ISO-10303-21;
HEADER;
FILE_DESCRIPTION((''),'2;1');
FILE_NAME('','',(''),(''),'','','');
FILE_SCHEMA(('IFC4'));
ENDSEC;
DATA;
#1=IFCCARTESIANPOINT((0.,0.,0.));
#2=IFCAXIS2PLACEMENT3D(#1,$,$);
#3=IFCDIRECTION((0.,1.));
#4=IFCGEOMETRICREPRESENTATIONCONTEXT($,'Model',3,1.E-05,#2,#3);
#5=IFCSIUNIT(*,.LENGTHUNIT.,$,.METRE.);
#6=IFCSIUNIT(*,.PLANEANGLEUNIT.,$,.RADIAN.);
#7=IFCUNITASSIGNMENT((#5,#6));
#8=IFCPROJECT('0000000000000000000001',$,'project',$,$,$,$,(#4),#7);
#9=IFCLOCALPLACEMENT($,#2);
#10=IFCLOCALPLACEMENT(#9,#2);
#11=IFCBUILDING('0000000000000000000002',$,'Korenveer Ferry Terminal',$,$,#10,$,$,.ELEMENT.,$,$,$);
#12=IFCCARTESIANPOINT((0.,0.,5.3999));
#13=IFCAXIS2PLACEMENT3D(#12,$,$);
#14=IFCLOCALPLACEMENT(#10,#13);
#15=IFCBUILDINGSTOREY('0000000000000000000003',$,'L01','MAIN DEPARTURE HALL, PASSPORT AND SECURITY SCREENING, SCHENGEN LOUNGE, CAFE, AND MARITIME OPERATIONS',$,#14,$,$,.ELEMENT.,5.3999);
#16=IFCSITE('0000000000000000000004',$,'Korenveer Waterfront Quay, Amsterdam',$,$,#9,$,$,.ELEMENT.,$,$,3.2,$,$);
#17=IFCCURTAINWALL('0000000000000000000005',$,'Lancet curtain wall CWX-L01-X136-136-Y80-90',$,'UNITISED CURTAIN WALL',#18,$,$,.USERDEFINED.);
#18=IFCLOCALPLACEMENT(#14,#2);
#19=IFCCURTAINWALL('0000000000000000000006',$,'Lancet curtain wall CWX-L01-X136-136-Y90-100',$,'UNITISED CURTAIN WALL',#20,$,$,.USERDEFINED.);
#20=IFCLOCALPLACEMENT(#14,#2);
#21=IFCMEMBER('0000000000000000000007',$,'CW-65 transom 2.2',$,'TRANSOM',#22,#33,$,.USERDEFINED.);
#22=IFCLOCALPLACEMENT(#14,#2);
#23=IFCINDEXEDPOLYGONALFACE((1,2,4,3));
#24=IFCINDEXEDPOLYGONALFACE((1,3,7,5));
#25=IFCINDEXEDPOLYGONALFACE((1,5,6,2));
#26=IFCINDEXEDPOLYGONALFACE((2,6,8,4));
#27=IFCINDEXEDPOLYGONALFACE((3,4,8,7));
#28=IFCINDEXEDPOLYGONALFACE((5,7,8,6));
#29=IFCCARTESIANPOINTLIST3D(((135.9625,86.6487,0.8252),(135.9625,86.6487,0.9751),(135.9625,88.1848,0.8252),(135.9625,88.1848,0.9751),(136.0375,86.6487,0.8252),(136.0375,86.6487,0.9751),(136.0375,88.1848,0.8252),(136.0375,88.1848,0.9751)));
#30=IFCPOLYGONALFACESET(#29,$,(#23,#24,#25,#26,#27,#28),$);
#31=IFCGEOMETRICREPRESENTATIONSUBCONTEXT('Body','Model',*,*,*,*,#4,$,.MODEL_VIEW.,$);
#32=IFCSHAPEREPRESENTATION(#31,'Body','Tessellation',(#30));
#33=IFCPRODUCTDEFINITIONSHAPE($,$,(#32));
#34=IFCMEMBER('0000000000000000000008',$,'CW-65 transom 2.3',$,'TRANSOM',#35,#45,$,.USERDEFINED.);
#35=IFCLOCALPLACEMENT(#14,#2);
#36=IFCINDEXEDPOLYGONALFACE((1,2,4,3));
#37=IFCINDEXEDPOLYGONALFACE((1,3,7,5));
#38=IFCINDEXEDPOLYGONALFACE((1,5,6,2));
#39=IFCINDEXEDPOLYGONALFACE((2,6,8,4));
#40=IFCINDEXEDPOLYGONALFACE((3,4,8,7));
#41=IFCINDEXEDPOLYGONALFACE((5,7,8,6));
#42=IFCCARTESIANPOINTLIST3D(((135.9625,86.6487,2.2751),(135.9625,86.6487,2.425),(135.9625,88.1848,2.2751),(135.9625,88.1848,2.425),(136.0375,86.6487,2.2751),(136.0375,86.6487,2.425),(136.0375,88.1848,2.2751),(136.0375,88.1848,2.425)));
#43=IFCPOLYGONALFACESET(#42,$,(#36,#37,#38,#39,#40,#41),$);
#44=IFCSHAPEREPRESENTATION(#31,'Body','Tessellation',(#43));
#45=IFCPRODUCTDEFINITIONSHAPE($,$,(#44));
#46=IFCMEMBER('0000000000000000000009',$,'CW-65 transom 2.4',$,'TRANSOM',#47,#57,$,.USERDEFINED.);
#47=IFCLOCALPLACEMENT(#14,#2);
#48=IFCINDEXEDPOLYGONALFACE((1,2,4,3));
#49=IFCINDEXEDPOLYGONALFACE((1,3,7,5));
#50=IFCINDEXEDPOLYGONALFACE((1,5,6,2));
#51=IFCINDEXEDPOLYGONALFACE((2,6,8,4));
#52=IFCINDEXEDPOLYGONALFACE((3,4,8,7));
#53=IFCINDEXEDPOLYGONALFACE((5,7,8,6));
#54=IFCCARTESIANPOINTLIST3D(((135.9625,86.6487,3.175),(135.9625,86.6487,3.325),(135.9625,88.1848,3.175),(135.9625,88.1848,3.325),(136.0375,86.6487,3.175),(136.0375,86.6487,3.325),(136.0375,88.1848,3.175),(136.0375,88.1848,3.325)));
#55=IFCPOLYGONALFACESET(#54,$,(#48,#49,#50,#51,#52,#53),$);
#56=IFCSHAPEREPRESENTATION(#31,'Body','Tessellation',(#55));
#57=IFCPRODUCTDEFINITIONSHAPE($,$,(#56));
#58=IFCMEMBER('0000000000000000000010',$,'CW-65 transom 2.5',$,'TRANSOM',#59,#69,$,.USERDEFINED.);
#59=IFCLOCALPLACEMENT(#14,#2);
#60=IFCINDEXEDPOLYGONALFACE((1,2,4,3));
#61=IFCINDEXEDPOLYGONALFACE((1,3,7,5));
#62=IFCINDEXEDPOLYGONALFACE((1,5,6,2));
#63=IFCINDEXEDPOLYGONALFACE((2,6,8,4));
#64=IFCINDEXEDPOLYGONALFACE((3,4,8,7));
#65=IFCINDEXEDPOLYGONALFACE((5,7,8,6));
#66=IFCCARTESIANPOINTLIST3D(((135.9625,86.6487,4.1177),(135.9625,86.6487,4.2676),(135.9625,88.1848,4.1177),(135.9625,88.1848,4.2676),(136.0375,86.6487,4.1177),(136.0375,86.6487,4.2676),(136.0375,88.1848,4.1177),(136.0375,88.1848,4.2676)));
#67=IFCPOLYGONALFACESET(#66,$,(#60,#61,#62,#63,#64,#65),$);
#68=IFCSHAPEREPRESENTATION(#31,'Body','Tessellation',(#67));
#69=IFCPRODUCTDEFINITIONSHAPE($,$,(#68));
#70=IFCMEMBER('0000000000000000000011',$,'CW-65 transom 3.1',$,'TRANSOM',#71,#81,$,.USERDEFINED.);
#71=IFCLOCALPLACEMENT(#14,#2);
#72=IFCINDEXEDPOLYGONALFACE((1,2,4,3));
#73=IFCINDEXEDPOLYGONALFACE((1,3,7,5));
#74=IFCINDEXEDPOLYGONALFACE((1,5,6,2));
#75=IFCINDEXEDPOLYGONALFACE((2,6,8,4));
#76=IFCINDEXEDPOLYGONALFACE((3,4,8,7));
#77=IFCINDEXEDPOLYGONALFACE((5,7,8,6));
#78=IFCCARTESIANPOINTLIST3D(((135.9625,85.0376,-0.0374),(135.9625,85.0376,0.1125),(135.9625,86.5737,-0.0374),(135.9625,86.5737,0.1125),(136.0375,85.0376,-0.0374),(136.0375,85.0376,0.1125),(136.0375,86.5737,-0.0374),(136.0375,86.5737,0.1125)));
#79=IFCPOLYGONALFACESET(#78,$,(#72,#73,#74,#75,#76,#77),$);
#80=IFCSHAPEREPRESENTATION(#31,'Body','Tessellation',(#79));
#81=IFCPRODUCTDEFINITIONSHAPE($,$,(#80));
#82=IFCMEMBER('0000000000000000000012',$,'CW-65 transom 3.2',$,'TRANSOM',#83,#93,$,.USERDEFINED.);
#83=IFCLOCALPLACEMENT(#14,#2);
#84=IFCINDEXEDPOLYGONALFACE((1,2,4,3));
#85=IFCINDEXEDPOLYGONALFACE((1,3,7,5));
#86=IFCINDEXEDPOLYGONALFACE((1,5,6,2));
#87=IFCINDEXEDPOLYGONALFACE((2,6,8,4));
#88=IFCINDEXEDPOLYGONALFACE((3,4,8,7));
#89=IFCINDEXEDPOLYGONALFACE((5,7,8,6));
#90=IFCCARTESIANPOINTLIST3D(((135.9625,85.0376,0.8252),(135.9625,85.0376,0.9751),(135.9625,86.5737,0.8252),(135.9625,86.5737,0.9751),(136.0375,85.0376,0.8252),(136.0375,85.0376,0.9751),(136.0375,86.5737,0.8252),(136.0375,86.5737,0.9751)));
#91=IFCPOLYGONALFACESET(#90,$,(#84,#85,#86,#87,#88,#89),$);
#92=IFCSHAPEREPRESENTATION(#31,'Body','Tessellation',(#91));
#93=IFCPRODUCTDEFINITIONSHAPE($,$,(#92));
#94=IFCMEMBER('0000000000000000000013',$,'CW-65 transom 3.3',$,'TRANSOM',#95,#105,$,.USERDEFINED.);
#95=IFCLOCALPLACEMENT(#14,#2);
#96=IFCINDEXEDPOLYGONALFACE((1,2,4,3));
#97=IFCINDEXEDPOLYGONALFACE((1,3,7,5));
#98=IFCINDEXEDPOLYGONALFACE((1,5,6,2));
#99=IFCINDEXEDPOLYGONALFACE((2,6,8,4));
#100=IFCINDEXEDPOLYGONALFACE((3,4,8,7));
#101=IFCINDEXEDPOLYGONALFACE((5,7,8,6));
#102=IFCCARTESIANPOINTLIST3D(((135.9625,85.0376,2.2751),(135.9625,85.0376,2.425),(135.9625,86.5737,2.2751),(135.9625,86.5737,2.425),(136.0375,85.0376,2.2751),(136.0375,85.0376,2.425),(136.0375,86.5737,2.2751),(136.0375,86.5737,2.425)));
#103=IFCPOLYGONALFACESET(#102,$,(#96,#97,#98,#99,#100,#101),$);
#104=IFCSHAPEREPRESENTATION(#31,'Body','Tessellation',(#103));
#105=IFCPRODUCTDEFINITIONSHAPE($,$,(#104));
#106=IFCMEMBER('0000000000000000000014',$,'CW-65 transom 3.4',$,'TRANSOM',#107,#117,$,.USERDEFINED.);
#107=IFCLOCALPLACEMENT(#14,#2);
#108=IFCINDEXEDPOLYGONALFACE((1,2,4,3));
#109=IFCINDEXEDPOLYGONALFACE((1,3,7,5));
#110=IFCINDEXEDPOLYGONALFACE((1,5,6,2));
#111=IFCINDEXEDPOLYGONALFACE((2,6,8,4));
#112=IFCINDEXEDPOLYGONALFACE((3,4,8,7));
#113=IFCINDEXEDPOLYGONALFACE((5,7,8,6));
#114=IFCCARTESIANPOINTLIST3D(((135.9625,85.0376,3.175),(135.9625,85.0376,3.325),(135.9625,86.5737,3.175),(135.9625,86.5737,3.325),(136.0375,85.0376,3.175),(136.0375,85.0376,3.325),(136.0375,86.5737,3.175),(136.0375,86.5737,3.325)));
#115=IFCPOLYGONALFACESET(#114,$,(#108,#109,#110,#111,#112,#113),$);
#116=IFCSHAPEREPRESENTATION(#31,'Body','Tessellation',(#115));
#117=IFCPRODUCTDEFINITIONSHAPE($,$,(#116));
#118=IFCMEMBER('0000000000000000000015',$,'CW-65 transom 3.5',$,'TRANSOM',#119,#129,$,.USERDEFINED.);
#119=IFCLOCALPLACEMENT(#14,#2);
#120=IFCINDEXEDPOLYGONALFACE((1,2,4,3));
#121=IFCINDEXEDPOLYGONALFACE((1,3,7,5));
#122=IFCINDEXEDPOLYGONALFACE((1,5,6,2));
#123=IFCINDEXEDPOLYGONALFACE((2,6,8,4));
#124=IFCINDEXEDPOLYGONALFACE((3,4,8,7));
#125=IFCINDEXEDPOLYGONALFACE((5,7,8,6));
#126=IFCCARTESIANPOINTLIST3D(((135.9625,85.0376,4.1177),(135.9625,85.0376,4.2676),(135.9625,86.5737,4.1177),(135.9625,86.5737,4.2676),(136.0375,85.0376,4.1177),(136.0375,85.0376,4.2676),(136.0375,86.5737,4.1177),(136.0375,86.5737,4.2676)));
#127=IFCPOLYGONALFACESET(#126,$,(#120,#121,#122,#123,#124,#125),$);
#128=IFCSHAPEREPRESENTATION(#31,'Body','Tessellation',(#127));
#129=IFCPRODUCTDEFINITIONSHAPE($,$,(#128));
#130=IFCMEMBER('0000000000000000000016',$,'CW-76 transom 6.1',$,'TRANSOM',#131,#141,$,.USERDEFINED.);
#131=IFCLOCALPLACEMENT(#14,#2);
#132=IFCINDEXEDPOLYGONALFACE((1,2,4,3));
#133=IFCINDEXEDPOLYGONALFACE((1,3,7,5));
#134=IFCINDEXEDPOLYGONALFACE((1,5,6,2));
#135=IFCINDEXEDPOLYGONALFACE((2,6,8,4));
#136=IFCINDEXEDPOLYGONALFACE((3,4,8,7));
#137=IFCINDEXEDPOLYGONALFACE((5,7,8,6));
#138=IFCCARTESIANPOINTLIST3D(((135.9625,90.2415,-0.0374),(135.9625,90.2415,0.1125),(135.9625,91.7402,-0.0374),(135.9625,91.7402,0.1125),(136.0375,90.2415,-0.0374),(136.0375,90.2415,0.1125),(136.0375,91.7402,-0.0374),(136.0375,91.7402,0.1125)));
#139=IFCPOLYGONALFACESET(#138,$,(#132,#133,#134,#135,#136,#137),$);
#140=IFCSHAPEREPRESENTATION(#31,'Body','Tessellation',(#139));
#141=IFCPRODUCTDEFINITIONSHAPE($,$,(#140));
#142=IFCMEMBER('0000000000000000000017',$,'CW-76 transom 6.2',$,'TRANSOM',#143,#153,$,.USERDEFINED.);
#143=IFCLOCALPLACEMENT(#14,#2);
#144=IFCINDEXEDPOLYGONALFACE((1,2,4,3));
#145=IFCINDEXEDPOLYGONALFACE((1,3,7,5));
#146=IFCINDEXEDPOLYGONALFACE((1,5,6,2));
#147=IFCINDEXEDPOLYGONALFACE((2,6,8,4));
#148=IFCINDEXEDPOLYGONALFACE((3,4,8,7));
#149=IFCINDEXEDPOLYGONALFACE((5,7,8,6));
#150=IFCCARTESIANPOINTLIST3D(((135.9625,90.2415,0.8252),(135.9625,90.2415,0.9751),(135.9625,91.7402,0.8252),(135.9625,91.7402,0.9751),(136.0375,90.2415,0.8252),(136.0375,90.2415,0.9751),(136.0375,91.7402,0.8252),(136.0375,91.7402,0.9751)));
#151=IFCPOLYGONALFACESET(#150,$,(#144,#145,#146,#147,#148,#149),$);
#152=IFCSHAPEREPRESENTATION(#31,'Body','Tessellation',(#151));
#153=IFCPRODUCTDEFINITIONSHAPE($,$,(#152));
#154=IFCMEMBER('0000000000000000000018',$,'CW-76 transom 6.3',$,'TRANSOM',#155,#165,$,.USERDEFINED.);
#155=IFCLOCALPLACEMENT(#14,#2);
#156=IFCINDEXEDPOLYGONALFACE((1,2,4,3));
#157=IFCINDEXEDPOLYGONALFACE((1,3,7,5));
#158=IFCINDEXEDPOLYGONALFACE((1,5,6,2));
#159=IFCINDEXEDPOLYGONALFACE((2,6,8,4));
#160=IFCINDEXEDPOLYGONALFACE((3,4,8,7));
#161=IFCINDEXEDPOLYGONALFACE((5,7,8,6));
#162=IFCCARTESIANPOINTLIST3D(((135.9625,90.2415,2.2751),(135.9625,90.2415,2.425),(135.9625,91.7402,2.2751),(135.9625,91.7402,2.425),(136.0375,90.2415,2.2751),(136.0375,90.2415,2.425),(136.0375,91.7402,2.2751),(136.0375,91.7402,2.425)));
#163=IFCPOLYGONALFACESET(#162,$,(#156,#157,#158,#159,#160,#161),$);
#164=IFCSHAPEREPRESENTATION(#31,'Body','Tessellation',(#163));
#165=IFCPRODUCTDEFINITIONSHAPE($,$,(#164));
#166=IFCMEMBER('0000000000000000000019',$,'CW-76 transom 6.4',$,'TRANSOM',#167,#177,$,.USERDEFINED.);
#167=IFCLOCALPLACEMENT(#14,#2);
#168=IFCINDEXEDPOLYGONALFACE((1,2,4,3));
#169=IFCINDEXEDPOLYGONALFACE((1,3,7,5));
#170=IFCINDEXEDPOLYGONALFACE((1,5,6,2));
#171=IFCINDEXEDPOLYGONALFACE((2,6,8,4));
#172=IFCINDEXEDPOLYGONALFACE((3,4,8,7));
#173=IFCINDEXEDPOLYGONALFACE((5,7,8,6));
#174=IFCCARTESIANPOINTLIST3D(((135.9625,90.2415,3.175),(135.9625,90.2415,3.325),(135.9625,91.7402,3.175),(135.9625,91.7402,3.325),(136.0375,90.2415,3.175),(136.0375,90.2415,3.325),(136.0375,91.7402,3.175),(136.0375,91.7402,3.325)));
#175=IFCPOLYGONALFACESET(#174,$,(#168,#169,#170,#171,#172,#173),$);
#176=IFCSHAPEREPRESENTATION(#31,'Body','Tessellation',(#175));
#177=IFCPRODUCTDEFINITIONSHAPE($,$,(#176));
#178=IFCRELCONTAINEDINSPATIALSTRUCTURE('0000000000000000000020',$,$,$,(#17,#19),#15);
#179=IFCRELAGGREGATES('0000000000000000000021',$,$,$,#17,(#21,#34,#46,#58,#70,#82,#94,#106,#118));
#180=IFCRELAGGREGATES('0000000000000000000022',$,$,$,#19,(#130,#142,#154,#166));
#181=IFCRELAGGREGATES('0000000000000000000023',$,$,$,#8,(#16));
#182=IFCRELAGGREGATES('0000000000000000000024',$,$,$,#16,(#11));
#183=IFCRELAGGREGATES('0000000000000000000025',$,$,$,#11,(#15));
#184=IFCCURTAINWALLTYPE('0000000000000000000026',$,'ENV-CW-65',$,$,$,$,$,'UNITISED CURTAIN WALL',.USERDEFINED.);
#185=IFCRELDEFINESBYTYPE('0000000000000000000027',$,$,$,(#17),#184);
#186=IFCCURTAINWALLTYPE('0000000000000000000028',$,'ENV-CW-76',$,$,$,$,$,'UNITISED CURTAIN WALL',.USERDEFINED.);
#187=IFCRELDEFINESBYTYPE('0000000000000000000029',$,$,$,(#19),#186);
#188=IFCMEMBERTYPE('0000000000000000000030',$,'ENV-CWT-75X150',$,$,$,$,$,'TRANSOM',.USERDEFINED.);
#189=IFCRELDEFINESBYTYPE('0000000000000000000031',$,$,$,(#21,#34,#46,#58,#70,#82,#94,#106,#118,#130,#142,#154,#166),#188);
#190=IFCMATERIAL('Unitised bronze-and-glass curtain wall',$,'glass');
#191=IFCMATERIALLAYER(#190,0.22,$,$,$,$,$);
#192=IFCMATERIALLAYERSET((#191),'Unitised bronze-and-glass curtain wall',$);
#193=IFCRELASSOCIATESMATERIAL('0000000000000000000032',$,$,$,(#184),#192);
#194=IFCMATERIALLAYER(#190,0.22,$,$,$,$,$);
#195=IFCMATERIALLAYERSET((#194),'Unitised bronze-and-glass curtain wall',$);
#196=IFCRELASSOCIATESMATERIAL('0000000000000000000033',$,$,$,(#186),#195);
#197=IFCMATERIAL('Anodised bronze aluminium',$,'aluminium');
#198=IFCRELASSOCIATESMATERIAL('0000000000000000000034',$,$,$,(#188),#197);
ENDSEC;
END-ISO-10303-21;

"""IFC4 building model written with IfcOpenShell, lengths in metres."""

from ifc_helpers import new_model, si_unit, direction, frame, origin, origin_2d, place, context, subcontext, project, spatial, rectangle, extrude, material, layer, layer_set, material_profile, profile_set, type_object, element, aggregate, save


model = new_model("IFC4")

# Units and contexts
model_context = context("Model", 3, precision=1e-05, world=origin(), true_north=direction((0.0, 1.0)))
body_context = subcontext(model_context, "Body", "Model", "MODEL_VIEW")
ifc_project = project(units=[si_unit("LENGTHUNIT", "METRE"), si_unit("PLANEANGLEUNIT", "RADIAN")], contexts=[model_context])

# Site, building, storey
site_placement = place(None, origin())
site = spatial("IfcSite", under=ifc_project, at=site_placement, Name="Korenveer Waterfront Quay, Amsterdam", CompositionType="ELEMENT", RefElevation=3.2)
building_placement = place(site_placement, origin())
building = spatial("IfcBuilding", under=site, at=building_placement, Name="Korenveer Ferry Terminal", CompositionType="ELEMENT")
storey_placement = place(building_placement, frame((0.0, 0.0, 5.3999)))
storey = spatial("IfcBuildingStorey", under=building, at=storey_placement, Name="L01", Description="MAIN DEPARTURE HALL, PASSPORT AND SECURITY SCREENING, SCHENGEN LOUNGE, CAFE, AND MARITIME OPERATIONS", CompositionType="ELEMENT", Elevation=5.3999)

# Curtain wall
ifc_material_1 = material(Name="Unitised bronze-and-glass curtain wall", Category="glass")
ifc_layer_1 = layer(ifc_material_1, 0.22)
ifc_layer_set_1 = layer_set([ifc_layer_1], Name="Unitised bronze-and-glass curtain wall")
curtain_wall_type_1 = type_object("IfcCurtainWallType", Name="ENV-CW-65", ElementType="UNITISED CURTAIN WALL", PredefinedType="USERDEFINED", material=ifc_layer_set_1)
curtain_wall_1_placement = place(storey_placement, frame((136.0, 89.8335, 0.0)))
curtain_wall_1 = element("IfcCurtainWall", 1, at=curtain_wall_1_placement, inside=storey, type_object=curtain_wall_type_1, Name="Lancet curtain wall CWX-L01-X136-136-Y80-90", ObjectType="UNITISED CURTAIN WALL", PredefinedType="USERDEFINED")
ifc_material_2 = material(Name="Anodised bronze aluminium", Category="aluminium")

# Curtain wall
ifc_layer_2 = layer(ifc_material_1, 0.22)
ifc_layer_set_2 = layer_set([ifc_layer_2], Name="Unitised bronze-and-glass curtain wall")
curtain_wall_type_2 = type_object("IfcCurtainWallType", Name="ENV-CW-76", ElementType="UNITISED CURTAIN WALL", PredefinedType="USERDEFINED", material=ifc_layer_set_2)
curtain_wall_2_placement = place(storey_placement, frame((136.0, 99.8335, 0.0)))
curtain_wall_2 = element("IfcCurtainWall", 2, at=curtain_wall_2_placement, inside=storey, type_object=curtain_wall_type_2, Name="Lancet curtain wall CWX-L01-X136-136-Y90-100", ObjectType="UNITISED CURTAIN WALL", PredefinedType="USERDEFINED")

# Members
ifc_material_profile_1 = material_profile(ifc_material_2, rectangle(XDim=0.075, YDim=0.1499, at=origin_2d()), Name="ALU 75x150")
ifc_profile_set_1 = profile_set([ifc_material_profile_1], Name="Anodised bronze aluminium")
member_type_1 = type_object("IfcMemberType", Name="ENV-CWT-75X150", ElementType="TRANSOM", PredefinedType="USERDEFINED", material=ifc_profile_set_1)
member_1_placement = place(storey_placement, frame((136.0, 88.1848, 0.9001), z_axis=(0.0, -1.0, 0.0), x_axis=(1.0, 0.0, 0.0)))
member_1 = element("IfcMember", 3, at=member_1_placement, type_object=member_type_1, Name="CW-65 transom 2.2", ObjectType="TRANSOM", PredefinedType="USERDEFINED", context=body_context, shape_type="SweptSolid", body=[
    extrude(rectangle(XDim=0.075, YDim=0.1499, at=origin_2d()), origin(), (0.0, 0.0, 1.0), 1.5361),
])
member_2_placement = place(storey_placement, frame((136.0, 88.1848, 2.3501), z_axis=(0.0, -1.0, 0.0), x_axis=(1.0, 0.0, 0.0)))
member_2 = element("IfcMember", 4, at=member_2_placement, type_object=member_type_1, Name="CW-65 transom 2.3", ObjectType="TRANSOM", PredefinedType="USERDEFINED", context=body_context, shape_type="SweptSolid", body=[
    extrude(rectangle(XDim=0.075, YDim=0.1499, at=origin_2d()), origin(), (0.0, 0.0, 1.0), 1.5361),
])
member_3_placement = place(storey_placement, frame((136.0, 88.1848, 3.25), z_axis=(0.0, -1.0, 0.0), x_axis=(1.0, 0.0, 0.0)))
member_3 = element("IfcMember", 5, at=member_3_placement, type_object=member_type_1, Name="CW-65 transom 2.4", ObjectType="TRANSOM", PredefinedType="USERDEFINED", context=body_context, shape_type="SweptSolid", body=[
    extrude(rectangle(XDim=0.075, YDim=0.1499, at=origin_2d()), origin(), (0.0, 0.0, 1.0), 1.5361),
])
member_4_placement = place(storey_placement, frame((136.0, 88.1848, 4.1926), z_axis=(0.0, -1.0, 0.0), x_axis=(1.0, 0.0, 0.0)))
member_4 = element("IfcMember", 6, at=member_4_placement, type_object=member_type_1, Name="CW-65 transom 2.5", ObjectType="TRANSOM", PredefinedType="USERDEFINED", context=body_context, shape_type="SweptSolid", body=[
    extrude(rectangle(XDim=0.075, YDim=0.1499, at=origin_2d()), origin(), (0.0, 0.0, 1.0), 1.5361),
])
member_5_placement = place(storey_placement, frame((136.0, 86.5737, 0.0376), z_axis=(0.0, -1.0, 0.0), x_axis=(1.0, 0.0, 0.0)))
member_5 = element("IfcMember", 7, at=member_5_placement, type_object=member_type_1, Name="CW-65 transom 3.1", ObjectType="TRANSOM", PredefinedType="USERDEFINED", context=body_context, shape_type="SweptSolid", body=[
    extrude(rectangle(XDim=0.075, YDim=0.1499, at=origin_2d()), origin(), (0.0, 0.0, 1.0), 1.5361),
])
member_6_placement = place(storey_placement, frame((136.0, 86.5737, 0.9001), z_axis=(0.0, -1.0, 0.0), x_axis=(1.0, 0.0, 0.0)))
member_6 = element("IfcMember", 8, at=member_6_placement, type_object=member_type_1, Name="CW-65 transom 3.2", ObjectType="TRANSOM", PredefinedType="USERDEFINED", context=body_context, shape_type="SweptSolid", body=[
    extrude(rectangle(XDim=0.075, YDim=0.1499, at=origin_2d()), origin(), (0.0, 0.0, 1.0), 1.5361),
])
member_7_placement = place(storey_placement, frame((136.0, 86.5737, 2.3501), z_axis=(0.0, -1.0, 0.0), x_axis=(1.0, 0.0, 0.0)))
member_7 = element("IfcMember", 9, at=member_7_placement, type_object=member_type_1, Name="CW-65 transom 3.3", ObjectType="TRANSOM", PredefinedType="USERDEFINED", context=body_context, shape_type="SweptSolid", body=[
    extrude(rectangle(XDim=0.075, YDim=0.1499, at=origin_2d()), origin(), (0.0, 0.0, 1.0), 1.5361),
])
member_8_placement = place(storey_placement, frame((136.0, 86.5737, 3.25), z_axis=(0.0, -1.0, 0.0), x_axis=(1.0, 0.0, 0.0)))
member_8 = element("IfcMember", 10, at=member_8_placement, type_object=member_type_1, Name="CW-65 transom 3.4", ObjectType="TRANSOM", PredefinedType="USERDEFINED", context=body_context, shape_type="SweptSolid", body=[
    extrude(rectangle(XDim=0.075, YDim=0.1499, at=origin_2d()), origin(), (0.0, 0.0, 1.0), 1.5361),
])
member_9_placement = place(storey_placement, frame((136.0, 86.5737, 4.1926), z_axis=(0.0, -1.0, 0.0), x_axis=(1.0, 0.0, 0.0)))
member_9 = element("IfcMember", 11, at=member_9_placement, type_object=member_type_1, Name="CW-65 transom 3.5", ObjectType="TRANSOM", PredefinedType="USERDEFINED", context=body_context, shape_type="SweptSolid", body=[
    extrude(rectangle(XDim=0.075, YDim=0.1499, at=origin_2d()), origin(), (0.0, 0.0, 1.0), 1.5361),
])
member_10_placement = place(storey_placement, frame((136.0, 91.7402, 0.0376), z_axis=(0.0, -1.0, 0.0), x_axis=(1.0, 0.0, 0.0)))
member_10 = element("IfcMember", 12, at=member_10_placement, type_object=member_type_1, Name="CW-76 transom 6.1", ObjectType="TRANSOM", PredefinedType="USERDEFINED", context=body_context, shape_type="SweptSolid", body=[
    extrude(rectangle(XDim=0.075, YDim=0.1499, at=origin_2d()), origin(), (0.0, 0.0, 1.0), 1.4988),
])
member_11_placement = place(storey_placement, frame((136.0, 91.7402, 0.9001), z_axis=(0.0, -1.0, 0.0), x_axis=(1.0, 0.0, 0.0)))
member_11 = element("IfcMember", 13, at=member_11_placement, type_object=member_type_1, Name="CW-76 transom 6.2", ObjectType="TRANSOM", PredefinedType="USERDEFINED", context=body_context, shape_type="SweptSolid", body=[
    extrude(rectangle(XDim=0.075, YDim=0.1499, at=origin_2d()), origin(), (0.0, 0.0, 1.0), 1.4988),
])
member_12_placement = place(storey_placement, frame((136.0, 91.7402, 2.3501), z_axis=(0.0, -1.0, 0.0), x_axis=(1.0, 0.0, 0.0)))
member_12 = element("IfcMember", 14, at=member_12_placement, type_object=member_type_1, Name="CW-76 transom 6.3", ObjectType="TRANSOM", PredefinedType="USERDEFINED", context=body_context, shape_type="SweptSolid", body=[
    extrude(rectangle(XDim=0.075, YDim=0.1499, at=origin_2d()), origin(), (0.0, 0.0, 1.0), 1.4988),
])
member_13_placement = place(storey_placement, frame((136.0, 91.7402, 3.25), z_axis=(0.0, -1.0, 0.0), x_axis=(1.0, 0.0, 0.0)))
member_13 = element("IfcMember", 15, at=member_13_placement, type_object=member_type_1, Name="CW-76 transom 6.4", ObjectType="TRANSOM", PredefinedType="USERDEFINED", context=body_context, shape_type="SweptSolid", body=[
    extrude(rectangle(XDim=0.075, YDim=0.1499, at=origin_2d()), origin(), (0.0, 0.0, 1.0), 1.4988),
])

aggregate(curtain_wall_1, [member_1, member_2, member_3, member_4, member_5, member_6, member_7, member_8, member_9])
aggregate(curtain_wall_2, [member_10, member_11, member_12, member_13])

save(model, "model.ifc")
